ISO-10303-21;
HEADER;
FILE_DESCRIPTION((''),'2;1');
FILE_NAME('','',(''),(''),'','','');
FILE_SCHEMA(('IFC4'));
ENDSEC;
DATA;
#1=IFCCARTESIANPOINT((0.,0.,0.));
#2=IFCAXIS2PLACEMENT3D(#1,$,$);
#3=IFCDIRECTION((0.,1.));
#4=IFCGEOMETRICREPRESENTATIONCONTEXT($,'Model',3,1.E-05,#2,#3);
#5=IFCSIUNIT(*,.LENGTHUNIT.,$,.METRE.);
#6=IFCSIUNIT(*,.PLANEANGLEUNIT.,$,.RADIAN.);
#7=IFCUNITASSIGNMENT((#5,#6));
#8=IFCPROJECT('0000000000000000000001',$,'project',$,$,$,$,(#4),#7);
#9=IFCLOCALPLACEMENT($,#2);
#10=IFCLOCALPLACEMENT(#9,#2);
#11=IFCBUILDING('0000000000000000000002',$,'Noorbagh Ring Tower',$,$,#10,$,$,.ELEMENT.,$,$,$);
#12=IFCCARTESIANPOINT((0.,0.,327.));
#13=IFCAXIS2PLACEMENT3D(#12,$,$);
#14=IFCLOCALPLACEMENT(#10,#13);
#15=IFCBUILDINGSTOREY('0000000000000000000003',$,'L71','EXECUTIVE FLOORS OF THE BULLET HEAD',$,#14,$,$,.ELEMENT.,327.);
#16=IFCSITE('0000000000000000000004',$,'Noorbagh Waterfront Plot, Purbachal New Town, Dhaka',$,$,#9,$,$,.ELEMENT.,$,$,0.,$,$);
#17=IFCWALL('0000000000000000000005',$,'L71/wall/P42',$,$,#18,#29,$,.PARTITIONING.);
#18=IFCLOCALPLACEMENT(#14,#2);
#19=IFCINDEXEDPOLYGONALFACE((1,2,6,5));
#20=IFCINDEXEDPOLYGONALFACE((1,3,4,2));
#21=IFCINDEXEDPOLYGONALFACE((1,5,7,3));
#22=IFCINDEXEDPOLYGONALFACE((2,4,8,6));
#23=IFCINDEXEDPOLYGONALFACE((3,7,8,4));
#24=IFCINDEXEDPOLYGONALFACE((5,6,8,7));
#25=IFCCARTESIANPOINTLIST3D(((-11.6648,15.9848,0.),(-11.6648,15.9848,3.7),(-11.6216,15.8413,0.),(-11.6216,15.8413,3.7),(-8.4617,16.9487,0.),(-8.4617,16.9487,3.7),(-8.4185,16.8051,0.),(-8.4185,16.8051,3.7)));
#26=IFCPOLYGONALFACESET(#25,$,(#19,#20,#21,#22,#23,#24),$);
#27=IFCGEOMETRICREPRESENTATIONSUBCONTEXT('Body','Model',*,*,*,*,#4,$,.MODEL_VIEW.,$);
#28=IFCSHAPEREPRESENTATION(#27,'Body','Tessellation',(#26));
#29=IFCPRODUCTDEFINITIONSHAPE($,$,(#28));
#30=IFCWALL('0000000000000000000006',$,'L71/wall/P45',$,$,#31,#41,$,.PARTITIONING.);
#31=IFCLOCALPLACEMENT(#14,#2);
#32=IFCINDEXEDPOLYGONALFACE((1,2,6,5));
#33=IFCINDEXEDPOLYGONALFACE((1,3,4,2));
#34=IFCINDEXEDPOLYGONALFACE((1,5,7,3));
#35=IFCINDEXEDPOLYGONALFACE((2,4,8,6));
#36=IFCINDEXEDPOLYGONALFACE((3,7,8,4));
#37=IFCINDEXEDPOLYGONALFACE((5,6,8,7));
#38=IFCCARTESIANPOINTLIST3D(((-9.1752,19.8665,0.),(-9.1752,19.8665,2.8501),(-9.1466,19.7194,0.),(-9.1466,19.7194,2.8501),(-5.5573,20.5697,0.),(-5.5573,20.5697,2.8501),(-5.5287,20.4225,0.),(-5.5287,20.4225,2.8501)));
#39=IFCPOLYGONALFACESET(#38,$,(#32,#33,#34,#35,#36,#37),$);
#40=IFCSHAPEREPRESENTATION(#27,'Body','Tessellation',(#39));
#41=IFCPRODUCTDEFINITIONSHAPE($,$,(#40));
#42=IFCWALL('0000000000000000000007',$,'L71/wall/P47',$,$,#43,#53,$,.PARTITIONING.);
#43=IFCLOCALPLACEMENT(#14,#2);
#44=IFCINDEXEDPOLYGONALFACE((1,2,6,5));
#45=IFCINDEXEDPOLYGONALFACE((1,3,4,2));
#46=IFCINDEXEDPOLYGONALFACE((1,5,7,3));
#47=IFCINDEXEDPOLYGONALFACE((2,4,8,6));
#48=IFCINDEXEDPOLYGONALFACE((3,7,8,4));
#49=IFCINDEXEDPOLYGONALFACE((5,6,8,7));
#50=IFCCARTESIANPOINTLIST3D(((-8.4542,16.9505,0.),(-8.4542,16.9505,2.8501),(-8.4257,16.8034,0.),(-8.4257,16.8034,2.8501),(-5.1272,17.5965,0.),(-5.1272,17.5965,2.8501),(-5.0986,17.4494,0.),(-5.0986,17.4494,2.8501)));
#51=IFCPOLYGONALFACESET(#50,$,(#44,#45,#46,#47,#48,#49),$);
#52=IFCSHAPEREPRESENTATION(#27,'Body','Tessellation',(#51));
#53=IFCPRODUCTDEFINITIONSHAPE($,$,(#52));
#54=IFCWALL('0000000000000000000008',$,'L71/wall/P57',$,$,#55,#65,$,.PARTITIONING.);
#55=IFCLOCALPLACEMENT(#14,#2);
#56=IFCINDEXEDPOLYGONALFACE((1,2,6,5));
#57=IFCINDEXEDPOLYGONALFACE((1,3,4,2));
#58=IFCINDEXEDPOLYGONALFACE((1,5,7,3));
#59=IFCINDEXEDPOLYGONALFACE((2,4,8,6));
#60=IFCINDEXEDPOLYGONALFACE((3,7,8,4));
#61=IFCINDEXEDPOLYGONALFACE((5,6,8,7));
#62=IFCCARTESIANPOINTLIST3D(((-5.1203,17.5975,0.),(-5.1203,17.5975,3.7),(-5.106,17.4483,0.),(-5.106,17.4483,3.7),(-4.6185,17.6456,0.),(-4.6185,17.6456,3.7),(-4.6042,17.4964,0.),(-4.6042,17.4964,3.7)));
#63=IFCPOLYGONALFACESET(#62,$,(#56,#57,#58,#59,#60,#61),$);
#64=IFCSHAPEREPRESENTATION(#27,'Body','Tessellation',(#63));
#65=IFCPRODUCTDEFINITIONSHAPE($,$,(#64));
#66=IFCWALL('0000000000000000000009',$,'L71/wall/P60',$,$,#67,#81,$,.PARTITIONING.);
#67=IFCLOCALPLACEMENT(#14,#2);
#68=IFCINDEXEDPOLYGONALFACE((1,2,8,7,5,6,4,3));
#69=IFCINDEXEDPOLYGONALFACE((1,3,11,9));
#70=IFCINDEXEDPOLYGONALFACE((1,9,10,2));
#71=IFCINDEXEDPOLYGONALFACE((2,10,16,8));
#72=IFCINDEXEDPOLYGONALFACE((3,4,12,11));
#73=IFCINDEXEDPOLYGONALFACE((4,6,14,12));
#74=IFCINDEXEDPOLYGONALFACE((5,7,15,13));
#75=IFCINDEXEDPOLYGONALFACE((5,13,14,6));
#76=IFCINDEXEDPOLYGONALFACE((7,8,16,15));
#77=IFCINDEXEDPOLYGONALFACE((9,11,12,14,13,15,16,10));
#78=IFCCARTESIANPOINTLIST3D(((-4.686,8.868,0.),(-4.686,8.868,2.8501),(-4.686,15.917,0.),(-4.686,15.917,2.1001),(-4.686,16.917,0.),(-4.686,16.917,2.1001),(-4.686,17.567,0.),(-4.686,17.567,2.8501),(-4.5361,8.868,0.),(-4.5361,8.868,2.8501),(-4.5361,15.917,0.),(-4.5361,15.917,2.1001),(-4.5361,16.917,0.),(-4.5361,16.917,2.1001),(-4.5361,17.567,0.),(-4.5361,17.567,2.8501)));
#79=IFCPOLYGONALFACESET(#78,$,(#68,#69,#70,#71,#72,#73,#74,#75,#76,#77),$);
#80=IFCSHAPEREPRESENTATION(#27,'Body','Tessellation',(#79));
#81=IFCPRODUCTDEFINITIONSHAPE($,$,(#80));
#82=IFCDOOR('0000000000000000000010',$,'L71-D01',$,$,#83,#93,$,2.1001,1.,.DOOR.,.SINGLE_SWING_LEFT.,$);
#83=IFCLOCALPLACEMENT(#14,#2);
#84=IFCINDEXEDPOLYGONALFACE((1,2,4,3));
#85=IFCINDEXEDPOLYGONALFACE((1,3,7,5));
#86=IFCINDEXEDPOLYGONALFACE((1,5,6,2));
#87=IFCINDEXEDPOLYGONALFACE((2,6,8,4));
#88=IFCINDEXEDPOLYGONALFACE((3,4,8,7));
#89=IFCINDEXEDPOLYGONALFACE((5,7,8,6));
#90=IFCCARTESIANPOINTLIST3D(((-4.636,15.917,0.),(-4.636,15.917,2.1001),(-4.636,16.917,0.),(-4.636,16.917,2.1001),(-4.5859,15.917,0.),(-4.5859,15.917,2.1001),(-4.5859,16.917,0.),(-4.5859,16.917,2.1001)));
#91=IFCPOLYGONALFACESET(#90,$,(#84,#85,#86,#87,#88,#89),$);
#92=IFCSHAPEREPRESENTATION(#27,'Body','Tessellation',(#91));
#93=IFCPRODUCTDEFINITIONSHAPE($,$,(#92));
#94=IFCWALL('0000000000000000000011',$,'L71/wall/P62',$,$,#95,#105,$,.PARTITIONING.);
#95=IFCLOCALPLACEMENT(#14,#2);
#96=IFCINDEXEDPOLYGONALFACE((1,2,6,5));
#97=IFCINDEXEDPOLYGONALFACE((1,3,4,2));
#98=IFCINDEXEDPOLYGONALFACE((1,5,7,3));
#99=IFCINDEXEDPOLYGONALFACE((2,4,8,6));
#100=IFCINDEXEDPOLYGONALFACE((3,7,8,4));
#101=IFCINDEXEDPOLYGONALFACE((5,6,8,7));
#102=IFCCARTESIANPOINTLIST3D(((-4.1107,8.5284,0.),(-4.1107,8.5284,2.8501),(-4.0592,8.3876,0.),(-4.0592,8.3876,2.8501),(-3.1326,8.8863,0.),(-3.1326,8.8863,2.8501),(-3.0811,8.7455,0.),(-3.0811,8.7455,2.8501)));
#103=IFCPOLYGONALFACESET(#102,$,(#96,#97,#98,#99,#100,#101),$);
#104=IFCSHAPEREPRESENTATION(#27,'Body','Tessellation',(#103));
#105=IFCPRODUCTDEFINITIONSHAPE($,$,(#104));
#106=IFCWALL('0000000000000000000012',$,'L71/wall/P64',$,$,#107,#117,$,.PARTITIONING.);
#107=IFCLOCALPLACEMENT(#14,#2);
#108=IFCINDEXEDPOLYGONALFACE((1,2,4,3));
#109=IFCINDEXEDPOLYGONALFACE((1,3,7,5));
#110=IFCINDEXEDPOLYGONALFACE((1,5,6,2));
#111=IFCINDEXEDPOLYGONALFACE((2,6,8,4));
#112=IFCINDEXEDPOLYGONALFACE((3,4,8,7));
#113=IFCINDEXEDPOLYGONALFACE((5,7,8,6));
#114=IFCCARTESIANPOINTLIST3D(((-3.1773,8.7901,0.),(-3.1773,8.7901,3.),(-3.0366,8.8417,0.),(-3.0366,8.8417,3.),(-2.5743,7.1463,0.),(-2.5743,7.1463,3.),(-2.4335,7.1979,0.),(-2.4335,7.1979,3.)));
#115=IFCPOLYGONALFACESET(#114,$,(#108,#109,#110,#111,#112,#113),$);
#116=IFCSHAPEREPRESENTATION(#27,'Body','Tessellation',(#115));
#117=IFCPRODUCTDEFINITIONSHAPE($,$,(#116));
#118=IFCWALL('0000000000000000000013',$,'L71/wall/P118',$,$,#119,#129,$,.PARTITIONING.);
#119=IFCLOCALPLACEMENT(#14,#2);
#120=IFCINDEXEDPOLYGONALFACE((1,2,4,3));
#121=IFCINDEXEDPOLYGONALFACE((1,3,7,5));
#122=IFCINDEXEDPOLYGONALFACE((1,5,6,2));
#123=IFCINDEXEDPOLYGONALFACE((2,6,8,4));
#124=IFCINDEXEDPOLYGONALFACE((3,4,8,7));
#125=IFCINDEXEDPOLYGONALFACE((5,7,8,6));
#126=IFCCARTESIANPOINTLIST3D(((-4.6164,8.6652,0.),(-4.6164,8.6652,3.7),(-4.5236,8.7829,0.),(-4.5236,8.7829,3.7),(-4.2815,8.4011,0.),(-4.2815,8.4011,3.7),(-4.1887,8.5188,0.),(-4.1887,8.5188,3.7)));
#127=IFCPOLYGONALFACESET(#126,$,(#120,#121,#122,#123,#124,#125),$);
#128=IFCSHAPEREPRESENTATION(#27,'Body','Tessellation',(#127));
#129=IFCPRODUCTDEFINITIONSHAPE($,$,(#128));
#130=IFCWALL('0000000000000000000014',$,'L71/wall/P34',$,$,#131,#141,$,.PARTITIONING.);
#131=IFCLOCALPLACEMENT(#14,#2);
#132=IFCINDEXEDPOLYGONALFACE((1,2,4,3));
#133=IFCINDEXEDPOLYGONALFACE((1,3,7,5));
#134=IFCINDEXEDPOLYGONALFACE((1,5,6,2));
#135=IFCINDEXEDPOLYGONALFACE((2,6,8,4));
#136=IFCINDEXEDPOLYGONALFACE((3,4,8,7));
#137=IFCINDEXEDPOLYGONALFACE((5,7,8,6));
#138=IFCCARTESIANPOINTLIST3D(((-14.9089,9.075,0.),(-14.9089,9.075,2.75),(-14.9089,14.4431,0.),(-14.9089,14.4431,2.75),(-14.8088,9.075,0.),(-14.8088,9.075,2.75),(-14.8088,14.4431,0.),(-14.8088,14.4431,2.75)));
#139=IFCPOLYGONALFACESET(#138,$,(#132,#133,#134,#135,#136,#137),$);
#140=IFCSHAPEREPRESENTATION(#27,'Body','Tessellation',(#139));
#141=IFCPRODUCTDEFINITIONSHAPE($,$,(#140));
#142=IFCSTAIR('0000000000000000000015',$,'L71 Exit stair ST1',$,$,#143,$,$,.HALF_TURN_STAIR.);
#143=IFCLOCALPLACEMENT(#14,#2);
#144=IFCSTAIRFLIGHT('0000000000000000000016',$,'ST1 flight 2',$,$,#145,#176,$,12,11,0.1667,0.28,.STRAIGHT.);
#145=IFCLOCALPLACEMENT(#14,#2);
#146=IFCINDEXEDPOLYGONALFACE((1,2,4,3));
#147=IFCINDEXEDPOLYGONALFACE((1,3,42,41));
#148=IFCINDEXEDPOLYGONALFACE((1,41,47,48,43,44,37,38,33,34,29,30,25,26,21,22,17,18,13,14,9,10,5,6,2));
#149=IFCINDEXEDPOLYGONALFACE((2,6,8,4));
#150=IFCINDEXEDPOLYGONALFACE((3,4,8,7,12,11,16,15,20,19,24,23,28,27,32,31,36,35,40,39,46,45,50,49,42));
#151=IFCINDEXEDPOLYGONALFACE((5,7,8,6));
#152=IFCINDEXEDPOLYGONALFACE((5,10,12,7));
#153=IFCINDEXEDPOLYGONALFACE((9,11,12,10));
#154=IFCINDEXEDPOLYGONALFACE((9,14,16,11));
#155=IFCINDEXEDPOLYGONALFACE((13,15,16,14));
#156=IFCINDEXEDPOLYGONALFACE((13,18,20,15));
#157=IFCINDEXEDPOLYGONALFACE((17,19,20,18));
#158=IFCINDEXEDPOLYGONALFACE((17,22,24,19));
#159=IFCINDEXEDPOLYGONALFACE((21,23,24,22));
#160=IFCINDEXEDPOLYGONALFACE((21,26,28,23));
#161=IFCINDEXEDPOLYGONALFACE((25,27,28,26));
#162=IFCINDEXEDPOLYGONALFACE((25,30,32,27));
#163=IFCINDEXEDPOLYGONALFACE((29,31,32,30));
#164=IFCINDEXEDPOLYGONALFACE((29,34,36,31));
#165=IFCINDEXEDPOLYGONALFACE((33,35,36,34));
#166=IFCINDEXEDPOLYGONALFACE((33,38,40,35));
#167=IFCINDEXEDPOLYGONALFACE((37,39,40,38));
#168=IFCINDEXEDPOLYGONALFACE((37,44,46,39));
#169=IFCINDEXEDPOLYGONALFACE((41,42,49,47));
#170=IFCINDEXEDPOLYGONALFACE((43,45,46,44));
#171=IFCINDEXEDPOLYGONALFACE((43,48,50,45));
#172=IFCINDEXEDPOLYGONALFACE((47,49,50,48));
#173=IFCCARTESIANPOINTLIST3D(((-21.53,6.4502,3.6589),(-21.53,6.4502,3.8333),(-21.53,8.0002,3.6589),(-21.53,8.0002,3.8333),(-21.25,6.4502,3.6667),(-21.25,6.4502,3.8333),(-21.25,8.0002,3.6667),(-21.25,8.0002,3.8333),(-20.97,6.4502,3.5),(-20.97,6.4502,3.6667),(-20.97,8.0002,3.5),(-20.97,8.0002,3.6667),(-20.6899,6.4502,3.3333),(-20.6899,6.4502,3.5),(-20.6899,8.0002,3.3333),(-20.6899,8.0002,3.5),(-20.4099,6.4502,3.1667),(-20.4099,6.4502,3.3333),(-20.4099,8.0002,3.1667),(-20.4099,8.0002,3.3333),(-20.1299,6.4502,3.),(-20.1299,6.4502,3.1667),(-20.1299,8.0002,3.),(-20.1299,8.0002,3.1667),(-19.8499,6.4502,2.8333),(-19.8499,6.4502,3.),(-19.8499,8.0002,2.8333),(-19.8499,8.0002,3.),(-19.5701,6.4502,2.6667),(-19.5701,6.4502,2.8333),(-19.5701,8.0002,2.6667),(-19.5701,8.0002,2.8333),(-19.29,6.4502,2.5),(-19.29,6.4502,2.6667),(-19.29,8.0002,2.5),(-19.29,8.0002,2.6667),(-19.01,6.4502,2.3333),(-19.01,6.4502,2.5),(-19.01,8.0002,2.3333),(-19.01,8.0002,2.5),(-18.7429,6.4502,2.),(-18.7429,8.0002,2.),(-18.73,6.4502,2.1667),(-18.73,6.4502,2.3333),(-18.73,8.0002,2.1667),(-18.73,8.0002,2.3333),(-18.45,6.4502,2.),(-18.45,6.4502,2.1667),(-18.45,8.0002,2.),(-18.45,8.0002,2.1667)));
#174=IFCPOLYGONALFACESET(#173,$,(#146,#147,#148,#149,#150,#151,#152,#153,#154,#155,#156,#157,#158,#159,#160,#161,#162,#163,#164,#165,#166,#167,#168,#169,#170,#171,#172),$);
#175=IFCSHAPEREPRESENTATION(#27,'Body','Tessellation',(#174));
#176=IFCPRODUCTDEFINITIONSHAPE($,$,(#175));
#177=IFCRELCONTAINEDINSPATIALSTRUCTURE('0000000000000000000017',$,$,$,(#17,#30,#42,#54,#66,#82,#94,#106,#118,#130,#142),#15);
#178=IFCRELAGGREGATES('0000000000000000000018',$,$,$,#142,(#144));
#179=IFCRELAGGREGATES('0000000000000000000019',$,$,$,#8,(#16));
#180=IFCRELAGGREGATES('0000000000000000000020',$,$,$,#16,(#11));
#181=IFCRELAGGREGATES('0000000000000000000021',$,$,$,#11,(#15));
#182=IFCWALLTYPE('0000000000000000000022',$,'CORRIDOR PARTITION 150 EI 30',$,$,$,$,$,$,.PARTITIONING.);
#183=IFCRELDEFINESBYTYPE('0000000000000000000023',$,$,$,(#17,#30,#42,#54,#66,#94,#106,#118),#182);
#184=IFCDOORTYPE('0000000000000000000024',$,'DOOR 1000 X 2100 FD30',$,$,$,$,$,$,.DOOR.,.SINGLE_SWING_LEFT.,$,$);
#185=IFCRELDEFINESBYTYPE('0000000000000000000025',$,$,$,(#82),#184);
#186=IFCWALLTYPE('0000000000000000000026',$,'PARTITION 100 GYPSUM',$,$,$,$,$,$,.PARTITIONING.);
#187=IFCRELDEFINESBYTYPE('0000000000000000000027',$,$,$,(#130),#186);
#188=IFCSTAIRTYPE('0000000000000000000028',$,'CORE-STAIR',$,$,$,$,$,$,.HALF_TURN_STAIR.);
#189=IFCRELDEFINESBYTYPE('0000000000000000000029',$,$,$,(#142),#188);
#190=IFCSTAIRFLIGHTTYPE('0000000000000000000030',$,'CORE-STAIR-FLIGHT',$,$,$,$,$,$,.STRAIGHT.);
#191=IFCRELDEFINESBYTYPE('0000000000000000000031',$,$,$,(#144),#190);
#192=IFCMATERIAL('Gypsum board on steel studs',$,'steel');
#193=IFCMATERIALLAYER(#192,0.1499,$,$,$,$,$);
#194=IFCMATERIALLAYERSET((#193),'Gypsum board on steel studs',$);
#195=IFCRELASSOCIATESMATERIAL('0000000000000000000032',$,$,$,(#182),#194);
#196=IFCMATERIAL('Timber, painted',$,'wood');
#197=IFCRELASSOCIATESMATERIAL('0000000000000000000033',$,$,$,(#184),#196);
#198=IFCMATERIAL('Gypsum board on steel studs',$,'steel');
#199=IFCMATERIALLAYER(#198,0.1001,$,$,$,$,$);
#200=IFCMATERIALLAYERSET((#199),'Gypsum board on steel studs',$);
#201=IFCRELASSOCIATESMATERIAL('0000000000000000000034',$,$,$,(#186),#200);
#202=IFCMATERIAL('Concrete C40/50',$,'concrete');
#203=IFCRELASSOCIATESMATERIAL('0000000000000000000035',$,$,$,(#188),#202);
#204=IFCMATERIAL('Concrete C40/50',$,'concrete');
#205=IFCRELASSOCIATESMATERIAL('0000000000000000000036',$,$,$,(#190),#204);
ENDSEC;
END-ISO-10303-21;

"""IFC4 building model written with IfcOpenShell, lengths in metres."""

from ifc_helpers import new_model, si_unit, direction, frame, frame_2d, origin, place, context, subcontext, project, spatial, polyline, rectangle, outline, extrude, material, layer, layer_set, type_object, element, fill, aggregate, save


model = new_model("IFC4")

# Units and contexts
model_context = context("Model", 3, precision=1e-05, world=origin(), true_north=direction((0.0, 1.0)))
body_context = subcontext(model_context, "Body", "Model", "MODEL_VIEW")
ifc_project = project(units=[si_unit("LENGTHUNIT", "METRE"), si_unit("PLANEANGLEUNIT", "RADIAN")], contexts=[model_context])

# Site, building, storey
site_placement = place(None, origin())
site = spatial("IfcSite", under=ifc_project, at=site_placement, Name="Noorbagh Waterfront Plot, Purbachal New Town, Dhaka", CompositionType="ELEMENT", RefElevation=0.0)
building_placement = place(site_placement, origin())
building = spatial("IfcBuilding", under=site, at=building_placement, Name="Noorbagh Ring Tower", CompositionType="ELEMENT")
storey_placement = place(building_placement, frame((0.0, 0.0, 327.0)))
storey = spatial("IfcBuildingStorey", under=building, at=storey_placement, Name="L71", Description="EXECUTIVE FLOORS OF THE BULLET HEAD", CompositionType="ELEMENT", Elevation=327.0)

# Shared definitions
ifc_material_1 = material(Name="Gypsum board on steel studs", Category="steel")
ifc_layer_1 = layer(ifc_material_1, 0.1499)
ifc_layer_set_1 = layer_set([ifc_layer_1], Name="Gypsum board on steel studs")
wall_type_1 = type_object("IfcWallType", Name="CORRIDOR PARTITION 150 EI 30", PredefinedType="PARTITIONING", material=ifc_layer_set_1)

# Shared definitions
ifc_material_2 = material(Name="Timber, painted", Category="wood")
door_type_1 = type_object("IfcDoorType", Name="DOOR 1000 X 2100 FD30", OperationType="SINGLE_SWING_LEFT", PredefinedType="DOOR", material=ifc_material_2)

# Walls
wall_1_placement = place(storey_placement, frame((-11.6431, 15.9131, 0.0), z_axis=(0.0, 0.0, 1.0), x_axis=(0.957585, 0.288151, 0.0)))
element("IfcWall", 1, at=wall_1_placement, inside=storey, type_object=wall_type_1, Name="L71/wall/P42", PredefinedType="PARTITIONING", context=body_context, shape_type="SweptSolid", body=[
    extrude(rectangle(XDim=3.345, YDim=0.1499, at=frame_2d((1.6724, 0.0))), origin(), (0.0, 0.0, 1.0), 3.7),
])
wall_2_placement = place(storey_placement, frame((-9.1609, 19.793, 0.0), z_axis=(0.0, 0.0, 1.0), x_axis=(0.981634, 0.190776, 0.0)))
element("IfcWall", 2, at=wall_2_placement, inside=storey, type_object=wall_type_1, Name="L71/wall/P45", PredefinedType="PARTITIONING", context=body_context, shape_type="SweptSolid", body=[
    extrude(rectangle(XDim=3.6855, YDim=0.1499, at=frame_2d((1.8428, 0.0))), origin(), (0.0, 0.0, 1.0), 2.8501),
])
wall_3_placement = place(storey_placement, frame((-8.4399, 16.877, 0.0), z_axis=(0.0, 0.0, 1.0), x_axis=(0.981665, 0.190613, 0.0)))
element("IfcWall", 3, at=wall_3_placement, inside=storey, type_object=wall_type_1, Name="L71/wall/P47", PredefinedType="PARTITIONING", context=body_context, shape_type="SweptSolid", body=[
    extrude(rectangle(XDim=3.3892, YDim=0.1499, at=frame_2d((1.6946, 0.0))), origin(), (0.0, 0.0, 1.0), 2.8501),
])
wall_4_placement = place(storey_placement, frame((-5.113, 17.5229, 0.0), z_axis=(0.0, 0.0, 1.0), x_axis=(0.995441, 0.09538, 0.0)))
element("IfcWall", 4, at=wall_4_placement, inside=storey, type_object=wall_type_1, Name="L71/wall/P57", PredefinedType="PARTITIONING", context=body_context, shape_type="SweptSolid", body=[
    extrude(rectangle(XDim=0.5042, YDim=0.1499, at=frame_2d((0.252, 0.0))), origin(), (0.0, 0.0, 1.0), 3.7),
])

# Wall, opening, door
wall_5_placement = place(storey_placement, frame((-4.6111, 8.8679, 0.0), z_axis=(0.0, 0.0, 1.0), x_axis=(0.0, 1.0, 0.0)))
wall_5 = element("IfcWall", 5, at=wall_5_placement, inside=storey, type_object=wall_type_1, Name="L71/wall/P60", PredefinedType="PARTITIONING", context=body_context, shape_type="SweptSolid", body=[
    extrude(rectangle(XDim=8.699, YDim=0.1499, at=frame_2d((4.3496, 0.0))), origin(), (0.0, 0.0, 1.0), 2.8501),
])
opening_1_placement = place(wall_5_placement, frame((7.0491, 0.0, 0.0)))
opening_1 = element("IfcOpeningElement", 6, at=opening_1_placement, cuts=wall_5, PredefinedType="OPENING", context=body_context, shape_type="SweptSolid", body=[
    extrude(rectangle(XDim=1.0, YDim=2.1001, at=frame_2d((0.5, 1.05))), frame((0.0, 0.085, 0.0), z_axis=(0.0, -1.0, 0.0), x_axis=(1.0, 0.0, 0.0)), (0.0, 0.0, 1.0), 0.1699),
])
door_1_placement = place(opening_1_placement, origin())
door_1 = element("IfcDoor", 7, at=door_1_placement, inside=storey, type_object=door_type_1, Name="L71-D01", OperationType="SINGLE_SWING_LEFT", OverallHeight=2.1001, OverallWidth=1.0, PredefinedType="DOOR", context=body_context, shape_type="SweptSolid", body=[
    extrude(rectangle(XDim=1.0, YDim=2.1001, at=frame_2d((0.5, 1.05))), frame((0.0, 0.0249, 0.0), z_axis=(0.0, -1.0, 0.0), x_axis=(1.0, 0.0, 0.0)), (0.0, 0.0, 1.0), 0.05),
])
fill(opening_1, door_1)

# Walls
wall_6_placement = place(storey_placement, frame((-4.085, 8.458, 0.0), z_axis=(0.0, 0.0, 1.0), x_axis=(0.939093, 0.343662, 0.0)))
element("IfcWall", 8, at=wall_6_placement, inside=storey, type_object=wall_type_1, Name="L71/wall/P62", PredefinedType="PARTITIONING", context=body_context, shape_type="SweptSolid", body=[
    extrude(rectangle(XDim=1.0415, YDim=0.1499, at=frame_2d((0.5208, 0.0))), origin(), (0.0, 0.0, 1.0), 2.8501),
])
wall_7_placement = place(storey_placement, frame((-3.1069, 8.8159, 0.0), z_axis=(0.0, 0.0, 1.0), x_axis=(0.344406, -0.938821, 0.0)))
element("IfcWall", 9, at=wall_7_placement, inside=storey, type_object=wall_type_1, Name="L71/wall/P64", PredefinedType="PARTITIONING", context=body_context, shape_type="SweptSolid", body=[
    extrude(rectangle(XDim=1.751, YDim=0.1499, at=frame_2d((0.8755, 0.0))), origin(), (0.0, 0.0, 1.0), 3.0),
])
wall_8_placement = place(storey_placement, frame((-4.5701, 8.7241, 0.0), z_axis=(0.0, 0.0, 1.0), x_axis=(0.785205, -0.619236, 0.0)))
element("IfcWall", 10, at=wall_8_placement, inside=storey, type_object=wall_type_1, Name="L71/wall/P118", PredefinedType="PARTITIONING", context=body_context, shape_type="SweptSolid", body=[
    extrude(rectangle(XDim=0.4265, YDim=0.1499, at=frame_2d((0.2134, 0.0))), origin(), (0.0, 0.0, 1.0), 3.7),
])
ifc_material_3 = material(Name="Gypsum board on steel studs", Category="steel")
ifc_layer_2 = layer(ifc_material_3, 0.1001)
ifc_layer_set_2 = layer_set([ifc_layer_2], Name="Gypsum board on steel studs")
wall_type_2 = type_object("IfcWallType", Name="PARTITION 100 GYPSUM", PredefinedType="PARTITIONING", material=ifc_layer_set_2)
wall_9_placement = place(storey_placement, frame((-14.8589, 9.075, 0.0), z_axis=(0.0, 0.0, 1.0), x_axis=(0.0, 1.0, 0.0)))
element("IfcWall", 11, at=wall_9_placement, inside=storey, type_object=wall_type_2, Name="L71/wall/P34", PredefinedType="PARTITIONING", context=body_context, shape_type="SweptSolid", body=[
    extrude(rectangle(XDim=5.3682, YDim=0.1001, at=frame_2d((2.6841, 0.0))), origin(), (0.0, 0.0, 1.0), 2.75),
])

# Stair, stair flight
ifc_material_4 = material(Name="Concrete C40/50", Category="concrete")
stair_type = type_object("IfcStairType", Name="CORE-STAIR", PredefinedType="HALF_TURN_STAIR", material=ifc_material_4)
stair_placement = place(storey_placement, origin())
stair = element("IfcStair", 12, at=stair_placement, inside=storey, type_object=stair_type, Name="L71 Exit stair ST1", PredefinedType="HALF_TURN_STAIR")
ifc_material_5 = material(Name="Concrete C40/50", Category="concrete")
stair_flight_type = type_object("IfcStairFlightType", Name="CORE-STAIR-FLIGHT", PredefinedType="STRAIGHT", material=ifc_material_5)
stair_flight_placement = place(storey_placement, frame((-18.45, 7.2251, 2.0), z_axis=(0.0, 0.0, 1.0), x_axis=(-1.0, 0.0, 0.0)))
stair_flight = element("IfcStairFlight", 13, at=stair_flight_placement, type_object=stair_flight_type, Name="ST1 flight 2", NumberOfRisers=12, NumberOfTreads=11, PredefinedType="STRAIGHT", RiserHeight=0.1667, TreadLength=0.28, context=body_context, shape_type="SweptSolid", body=[
    extrude(outline(polyline([(0.0, 0.0), (0.0, 0.1667), (0.28, 0.1667), (0.28, 0.3333), (0.5601, 0.3333), (0.5601, 0.5), (0.8401, 0.5), (0.8401, 0.6667), (1.1201, 0.6667), (1.1201, 0.8333), (1.3999, 0.8333), (1.3999, 1.0), (1.6799, 1.0), (1.6799, 1.1667), (1.96, 1.1667), (1.96, 1.3333), (2.24, 1.3333), (2.24, 1.5), (2.52, 1.5), (2.52, 1.6667), (2.8, 1.6667), (2.8, 1.8333), (3.0801, 1.8333), (3.0801, 2.0), (3.0801, 1.6589), (0.293, 0.0), (0.0, 0.0)])), frame((0.0, 0.7749, 0.0), z_axis=(0.0, -1.0, 0.0), x_axis=(1.0, 0.0, 0.0)), (0.0, 0.0, 1.0), 1.55),
])
aggregate(stair, [stair_flight])

save(model, "model.ifc")
